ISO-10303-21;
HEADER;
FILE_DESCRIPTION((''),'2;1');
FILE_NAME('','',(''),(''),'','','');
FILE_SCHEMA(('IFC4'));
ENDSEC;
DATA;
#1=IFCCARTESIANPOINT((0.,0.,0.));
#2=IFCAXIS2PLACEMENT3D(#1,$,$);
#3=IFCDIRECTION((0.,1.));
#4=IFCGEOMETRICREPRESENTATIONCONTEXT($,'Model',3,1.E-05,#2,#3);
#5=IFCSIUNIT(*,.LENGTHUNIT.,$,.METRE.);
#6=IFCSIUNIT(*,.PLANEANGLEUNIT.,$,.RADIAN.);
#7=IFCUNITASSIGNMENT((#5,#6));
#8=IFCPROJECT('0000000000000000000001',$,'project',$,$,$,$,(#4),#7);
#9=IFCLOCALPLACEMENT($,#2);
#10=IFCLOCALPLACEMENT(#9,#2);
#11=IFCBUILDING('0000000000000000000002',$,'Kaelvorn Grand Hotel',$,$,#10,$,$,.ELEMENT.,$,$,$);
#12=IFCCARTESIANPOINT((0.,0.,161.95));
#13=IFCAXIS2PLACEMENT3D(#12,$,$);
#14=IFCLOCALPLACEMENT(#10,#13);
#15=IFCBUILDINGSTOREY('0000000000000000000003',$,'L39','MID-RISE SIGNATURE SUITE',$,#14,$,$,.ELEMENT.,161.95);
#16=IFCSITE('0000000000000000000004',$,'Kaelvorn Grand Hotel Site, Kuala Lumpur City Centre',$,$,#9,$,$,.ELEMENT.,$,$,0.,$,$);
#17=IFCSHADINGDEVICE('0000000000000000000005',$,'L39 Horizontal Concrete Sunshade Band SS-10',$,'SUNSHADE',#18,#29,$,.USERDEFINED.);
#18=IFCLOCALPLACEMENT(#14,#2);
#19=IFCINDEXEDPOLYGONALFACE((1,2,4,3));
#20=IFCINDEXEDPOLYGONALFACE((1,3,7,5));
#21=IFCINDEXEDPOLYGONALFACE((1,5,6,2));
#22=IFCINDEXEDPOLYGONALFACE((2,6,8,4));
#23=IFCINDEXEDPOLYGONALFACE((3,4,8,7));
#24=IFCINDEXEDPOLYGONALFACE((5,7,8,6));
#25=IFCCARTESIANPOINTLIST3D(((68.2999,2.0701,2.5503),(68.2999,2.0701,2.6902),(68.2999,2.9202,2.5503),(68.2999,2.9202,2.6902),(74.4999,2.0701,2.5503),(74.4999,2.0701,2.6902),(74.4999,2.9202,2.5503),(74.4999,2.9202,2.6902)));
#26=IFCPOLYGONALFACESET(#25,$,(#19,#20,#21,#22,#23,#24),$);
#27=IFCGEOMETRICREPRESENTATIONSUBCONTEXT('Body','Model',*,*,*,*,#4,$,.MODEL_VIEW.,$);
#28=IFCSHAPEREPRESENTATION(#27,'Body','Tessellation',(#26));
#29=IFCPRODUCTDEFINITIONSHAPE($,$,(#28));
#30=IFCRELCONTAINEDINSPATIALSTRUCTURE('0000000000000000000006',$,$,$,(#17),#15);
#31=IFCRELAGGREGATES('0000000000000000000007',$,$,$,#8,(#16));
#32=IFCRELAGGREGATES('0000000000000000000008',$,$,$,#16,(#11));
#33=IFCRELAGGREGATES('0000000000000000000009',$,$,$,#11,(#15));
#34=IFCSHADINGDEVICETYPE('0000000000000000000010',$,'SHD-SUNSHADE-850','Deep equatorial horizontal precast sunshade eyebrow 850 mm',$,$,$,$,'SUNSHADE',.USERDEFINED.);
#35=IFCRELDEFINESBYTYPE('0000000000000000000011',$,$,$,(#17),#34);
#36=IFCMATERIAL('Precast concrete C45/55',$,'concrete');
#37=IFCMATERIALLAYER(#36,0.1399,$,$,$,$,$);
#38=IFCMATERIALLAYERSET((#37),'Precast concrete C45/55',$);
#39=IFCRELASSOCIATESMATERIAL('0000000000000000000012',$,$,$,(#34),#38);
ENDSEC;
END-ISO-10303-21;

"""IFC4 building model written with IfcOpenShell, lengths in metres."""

from ifc_helpers import new_model, si_unit, direction, frame, origin, origin_2d, place, context, subcontext, project, spatial, rectangle, extrude, material, layer, layer_set, type_object, element, save


model = new_model("IFC4")

# Units and contexts
model_context = context("Model", 3, precision=1e-05, world=origin(), true_north=direction((0.0, 1.0)))
body_context = subcontext(model_context, "Body", "Model", "MODEL_VIEW")
ifc_project = project(units=[si_unit("LENGTHUNIT", "METRE"), si_unit("PLANEANGLEUNIT", "RADIAN")], contexts=[model_context])

# Site, building, storey
site_placement = place(None, origin())
site = spatial("IfcSite", under=ifc_project, at=site_placement, Name="Kaelvorn Grand Hotel Site, Kuala Lumpur City Centre", CompositionType="ELEMENT", RefElevation=0.0)
building_placement = place(site_placement, origin())
building = spatial("IfcBuilding", under=site, at=building_placement, Name="Kaelvorn Grand Hotel", CompositionType="ELEMENT")
storey_placement = place(building_placement, frame((0.0, 0.0, 161.95)))
storey = spatial("IfcBuildingStorey", under=building, at=storey_placement, Name="L39", Description="MID-RISE SIGNATURE SUITE", CompositionType="ELEMENT", Elevation=161.95)

# Shared definitions
ifc_material_1 = material(Name="Precast concrete C45/55", Category="concrete")

# Shading device
ifc_layer_1 = layer(ifc_material_1, 0.1399)
ifc_layer_set_1 = layer_set([ifc_layer_1], Name="Precast concrete C45/55")
shading_device_type = type_object("IfcShadingDeviceType", Name="SHD-SUNSHADE-850", Description="Deep equatorial horizontal precast sunshade eyebrow 850 mm", ElementType="SUNSHADE", PredefinedType="USERDEFINED", material=ifc_layer_set_1)
shading_device_placement = place(storey_placement, frame((71.3999, 2.4951, 2.5503), z_axis=(0.0, 0.0, 1.0), x_axis=(1.0, 0.0, 0.0)))
element("IfcShadingDevice", 1, at=shading_device_placement, inside=storey, type_object=shading_device_type, Name="L39 Horizontal Concrete Sunshade Band SS-10", ObjectType="SUNSHADE", PredefinedType="USERDEFINED", context=body_context, shape_type="SweptSolid", body=[
    extrude(rectangle(XDim=6.2, YDim=0.8501, at=origin_2d()), origin(), (0.0, 0.0, 1.0), 0.1399),
])

save(model, "model.ifc")
